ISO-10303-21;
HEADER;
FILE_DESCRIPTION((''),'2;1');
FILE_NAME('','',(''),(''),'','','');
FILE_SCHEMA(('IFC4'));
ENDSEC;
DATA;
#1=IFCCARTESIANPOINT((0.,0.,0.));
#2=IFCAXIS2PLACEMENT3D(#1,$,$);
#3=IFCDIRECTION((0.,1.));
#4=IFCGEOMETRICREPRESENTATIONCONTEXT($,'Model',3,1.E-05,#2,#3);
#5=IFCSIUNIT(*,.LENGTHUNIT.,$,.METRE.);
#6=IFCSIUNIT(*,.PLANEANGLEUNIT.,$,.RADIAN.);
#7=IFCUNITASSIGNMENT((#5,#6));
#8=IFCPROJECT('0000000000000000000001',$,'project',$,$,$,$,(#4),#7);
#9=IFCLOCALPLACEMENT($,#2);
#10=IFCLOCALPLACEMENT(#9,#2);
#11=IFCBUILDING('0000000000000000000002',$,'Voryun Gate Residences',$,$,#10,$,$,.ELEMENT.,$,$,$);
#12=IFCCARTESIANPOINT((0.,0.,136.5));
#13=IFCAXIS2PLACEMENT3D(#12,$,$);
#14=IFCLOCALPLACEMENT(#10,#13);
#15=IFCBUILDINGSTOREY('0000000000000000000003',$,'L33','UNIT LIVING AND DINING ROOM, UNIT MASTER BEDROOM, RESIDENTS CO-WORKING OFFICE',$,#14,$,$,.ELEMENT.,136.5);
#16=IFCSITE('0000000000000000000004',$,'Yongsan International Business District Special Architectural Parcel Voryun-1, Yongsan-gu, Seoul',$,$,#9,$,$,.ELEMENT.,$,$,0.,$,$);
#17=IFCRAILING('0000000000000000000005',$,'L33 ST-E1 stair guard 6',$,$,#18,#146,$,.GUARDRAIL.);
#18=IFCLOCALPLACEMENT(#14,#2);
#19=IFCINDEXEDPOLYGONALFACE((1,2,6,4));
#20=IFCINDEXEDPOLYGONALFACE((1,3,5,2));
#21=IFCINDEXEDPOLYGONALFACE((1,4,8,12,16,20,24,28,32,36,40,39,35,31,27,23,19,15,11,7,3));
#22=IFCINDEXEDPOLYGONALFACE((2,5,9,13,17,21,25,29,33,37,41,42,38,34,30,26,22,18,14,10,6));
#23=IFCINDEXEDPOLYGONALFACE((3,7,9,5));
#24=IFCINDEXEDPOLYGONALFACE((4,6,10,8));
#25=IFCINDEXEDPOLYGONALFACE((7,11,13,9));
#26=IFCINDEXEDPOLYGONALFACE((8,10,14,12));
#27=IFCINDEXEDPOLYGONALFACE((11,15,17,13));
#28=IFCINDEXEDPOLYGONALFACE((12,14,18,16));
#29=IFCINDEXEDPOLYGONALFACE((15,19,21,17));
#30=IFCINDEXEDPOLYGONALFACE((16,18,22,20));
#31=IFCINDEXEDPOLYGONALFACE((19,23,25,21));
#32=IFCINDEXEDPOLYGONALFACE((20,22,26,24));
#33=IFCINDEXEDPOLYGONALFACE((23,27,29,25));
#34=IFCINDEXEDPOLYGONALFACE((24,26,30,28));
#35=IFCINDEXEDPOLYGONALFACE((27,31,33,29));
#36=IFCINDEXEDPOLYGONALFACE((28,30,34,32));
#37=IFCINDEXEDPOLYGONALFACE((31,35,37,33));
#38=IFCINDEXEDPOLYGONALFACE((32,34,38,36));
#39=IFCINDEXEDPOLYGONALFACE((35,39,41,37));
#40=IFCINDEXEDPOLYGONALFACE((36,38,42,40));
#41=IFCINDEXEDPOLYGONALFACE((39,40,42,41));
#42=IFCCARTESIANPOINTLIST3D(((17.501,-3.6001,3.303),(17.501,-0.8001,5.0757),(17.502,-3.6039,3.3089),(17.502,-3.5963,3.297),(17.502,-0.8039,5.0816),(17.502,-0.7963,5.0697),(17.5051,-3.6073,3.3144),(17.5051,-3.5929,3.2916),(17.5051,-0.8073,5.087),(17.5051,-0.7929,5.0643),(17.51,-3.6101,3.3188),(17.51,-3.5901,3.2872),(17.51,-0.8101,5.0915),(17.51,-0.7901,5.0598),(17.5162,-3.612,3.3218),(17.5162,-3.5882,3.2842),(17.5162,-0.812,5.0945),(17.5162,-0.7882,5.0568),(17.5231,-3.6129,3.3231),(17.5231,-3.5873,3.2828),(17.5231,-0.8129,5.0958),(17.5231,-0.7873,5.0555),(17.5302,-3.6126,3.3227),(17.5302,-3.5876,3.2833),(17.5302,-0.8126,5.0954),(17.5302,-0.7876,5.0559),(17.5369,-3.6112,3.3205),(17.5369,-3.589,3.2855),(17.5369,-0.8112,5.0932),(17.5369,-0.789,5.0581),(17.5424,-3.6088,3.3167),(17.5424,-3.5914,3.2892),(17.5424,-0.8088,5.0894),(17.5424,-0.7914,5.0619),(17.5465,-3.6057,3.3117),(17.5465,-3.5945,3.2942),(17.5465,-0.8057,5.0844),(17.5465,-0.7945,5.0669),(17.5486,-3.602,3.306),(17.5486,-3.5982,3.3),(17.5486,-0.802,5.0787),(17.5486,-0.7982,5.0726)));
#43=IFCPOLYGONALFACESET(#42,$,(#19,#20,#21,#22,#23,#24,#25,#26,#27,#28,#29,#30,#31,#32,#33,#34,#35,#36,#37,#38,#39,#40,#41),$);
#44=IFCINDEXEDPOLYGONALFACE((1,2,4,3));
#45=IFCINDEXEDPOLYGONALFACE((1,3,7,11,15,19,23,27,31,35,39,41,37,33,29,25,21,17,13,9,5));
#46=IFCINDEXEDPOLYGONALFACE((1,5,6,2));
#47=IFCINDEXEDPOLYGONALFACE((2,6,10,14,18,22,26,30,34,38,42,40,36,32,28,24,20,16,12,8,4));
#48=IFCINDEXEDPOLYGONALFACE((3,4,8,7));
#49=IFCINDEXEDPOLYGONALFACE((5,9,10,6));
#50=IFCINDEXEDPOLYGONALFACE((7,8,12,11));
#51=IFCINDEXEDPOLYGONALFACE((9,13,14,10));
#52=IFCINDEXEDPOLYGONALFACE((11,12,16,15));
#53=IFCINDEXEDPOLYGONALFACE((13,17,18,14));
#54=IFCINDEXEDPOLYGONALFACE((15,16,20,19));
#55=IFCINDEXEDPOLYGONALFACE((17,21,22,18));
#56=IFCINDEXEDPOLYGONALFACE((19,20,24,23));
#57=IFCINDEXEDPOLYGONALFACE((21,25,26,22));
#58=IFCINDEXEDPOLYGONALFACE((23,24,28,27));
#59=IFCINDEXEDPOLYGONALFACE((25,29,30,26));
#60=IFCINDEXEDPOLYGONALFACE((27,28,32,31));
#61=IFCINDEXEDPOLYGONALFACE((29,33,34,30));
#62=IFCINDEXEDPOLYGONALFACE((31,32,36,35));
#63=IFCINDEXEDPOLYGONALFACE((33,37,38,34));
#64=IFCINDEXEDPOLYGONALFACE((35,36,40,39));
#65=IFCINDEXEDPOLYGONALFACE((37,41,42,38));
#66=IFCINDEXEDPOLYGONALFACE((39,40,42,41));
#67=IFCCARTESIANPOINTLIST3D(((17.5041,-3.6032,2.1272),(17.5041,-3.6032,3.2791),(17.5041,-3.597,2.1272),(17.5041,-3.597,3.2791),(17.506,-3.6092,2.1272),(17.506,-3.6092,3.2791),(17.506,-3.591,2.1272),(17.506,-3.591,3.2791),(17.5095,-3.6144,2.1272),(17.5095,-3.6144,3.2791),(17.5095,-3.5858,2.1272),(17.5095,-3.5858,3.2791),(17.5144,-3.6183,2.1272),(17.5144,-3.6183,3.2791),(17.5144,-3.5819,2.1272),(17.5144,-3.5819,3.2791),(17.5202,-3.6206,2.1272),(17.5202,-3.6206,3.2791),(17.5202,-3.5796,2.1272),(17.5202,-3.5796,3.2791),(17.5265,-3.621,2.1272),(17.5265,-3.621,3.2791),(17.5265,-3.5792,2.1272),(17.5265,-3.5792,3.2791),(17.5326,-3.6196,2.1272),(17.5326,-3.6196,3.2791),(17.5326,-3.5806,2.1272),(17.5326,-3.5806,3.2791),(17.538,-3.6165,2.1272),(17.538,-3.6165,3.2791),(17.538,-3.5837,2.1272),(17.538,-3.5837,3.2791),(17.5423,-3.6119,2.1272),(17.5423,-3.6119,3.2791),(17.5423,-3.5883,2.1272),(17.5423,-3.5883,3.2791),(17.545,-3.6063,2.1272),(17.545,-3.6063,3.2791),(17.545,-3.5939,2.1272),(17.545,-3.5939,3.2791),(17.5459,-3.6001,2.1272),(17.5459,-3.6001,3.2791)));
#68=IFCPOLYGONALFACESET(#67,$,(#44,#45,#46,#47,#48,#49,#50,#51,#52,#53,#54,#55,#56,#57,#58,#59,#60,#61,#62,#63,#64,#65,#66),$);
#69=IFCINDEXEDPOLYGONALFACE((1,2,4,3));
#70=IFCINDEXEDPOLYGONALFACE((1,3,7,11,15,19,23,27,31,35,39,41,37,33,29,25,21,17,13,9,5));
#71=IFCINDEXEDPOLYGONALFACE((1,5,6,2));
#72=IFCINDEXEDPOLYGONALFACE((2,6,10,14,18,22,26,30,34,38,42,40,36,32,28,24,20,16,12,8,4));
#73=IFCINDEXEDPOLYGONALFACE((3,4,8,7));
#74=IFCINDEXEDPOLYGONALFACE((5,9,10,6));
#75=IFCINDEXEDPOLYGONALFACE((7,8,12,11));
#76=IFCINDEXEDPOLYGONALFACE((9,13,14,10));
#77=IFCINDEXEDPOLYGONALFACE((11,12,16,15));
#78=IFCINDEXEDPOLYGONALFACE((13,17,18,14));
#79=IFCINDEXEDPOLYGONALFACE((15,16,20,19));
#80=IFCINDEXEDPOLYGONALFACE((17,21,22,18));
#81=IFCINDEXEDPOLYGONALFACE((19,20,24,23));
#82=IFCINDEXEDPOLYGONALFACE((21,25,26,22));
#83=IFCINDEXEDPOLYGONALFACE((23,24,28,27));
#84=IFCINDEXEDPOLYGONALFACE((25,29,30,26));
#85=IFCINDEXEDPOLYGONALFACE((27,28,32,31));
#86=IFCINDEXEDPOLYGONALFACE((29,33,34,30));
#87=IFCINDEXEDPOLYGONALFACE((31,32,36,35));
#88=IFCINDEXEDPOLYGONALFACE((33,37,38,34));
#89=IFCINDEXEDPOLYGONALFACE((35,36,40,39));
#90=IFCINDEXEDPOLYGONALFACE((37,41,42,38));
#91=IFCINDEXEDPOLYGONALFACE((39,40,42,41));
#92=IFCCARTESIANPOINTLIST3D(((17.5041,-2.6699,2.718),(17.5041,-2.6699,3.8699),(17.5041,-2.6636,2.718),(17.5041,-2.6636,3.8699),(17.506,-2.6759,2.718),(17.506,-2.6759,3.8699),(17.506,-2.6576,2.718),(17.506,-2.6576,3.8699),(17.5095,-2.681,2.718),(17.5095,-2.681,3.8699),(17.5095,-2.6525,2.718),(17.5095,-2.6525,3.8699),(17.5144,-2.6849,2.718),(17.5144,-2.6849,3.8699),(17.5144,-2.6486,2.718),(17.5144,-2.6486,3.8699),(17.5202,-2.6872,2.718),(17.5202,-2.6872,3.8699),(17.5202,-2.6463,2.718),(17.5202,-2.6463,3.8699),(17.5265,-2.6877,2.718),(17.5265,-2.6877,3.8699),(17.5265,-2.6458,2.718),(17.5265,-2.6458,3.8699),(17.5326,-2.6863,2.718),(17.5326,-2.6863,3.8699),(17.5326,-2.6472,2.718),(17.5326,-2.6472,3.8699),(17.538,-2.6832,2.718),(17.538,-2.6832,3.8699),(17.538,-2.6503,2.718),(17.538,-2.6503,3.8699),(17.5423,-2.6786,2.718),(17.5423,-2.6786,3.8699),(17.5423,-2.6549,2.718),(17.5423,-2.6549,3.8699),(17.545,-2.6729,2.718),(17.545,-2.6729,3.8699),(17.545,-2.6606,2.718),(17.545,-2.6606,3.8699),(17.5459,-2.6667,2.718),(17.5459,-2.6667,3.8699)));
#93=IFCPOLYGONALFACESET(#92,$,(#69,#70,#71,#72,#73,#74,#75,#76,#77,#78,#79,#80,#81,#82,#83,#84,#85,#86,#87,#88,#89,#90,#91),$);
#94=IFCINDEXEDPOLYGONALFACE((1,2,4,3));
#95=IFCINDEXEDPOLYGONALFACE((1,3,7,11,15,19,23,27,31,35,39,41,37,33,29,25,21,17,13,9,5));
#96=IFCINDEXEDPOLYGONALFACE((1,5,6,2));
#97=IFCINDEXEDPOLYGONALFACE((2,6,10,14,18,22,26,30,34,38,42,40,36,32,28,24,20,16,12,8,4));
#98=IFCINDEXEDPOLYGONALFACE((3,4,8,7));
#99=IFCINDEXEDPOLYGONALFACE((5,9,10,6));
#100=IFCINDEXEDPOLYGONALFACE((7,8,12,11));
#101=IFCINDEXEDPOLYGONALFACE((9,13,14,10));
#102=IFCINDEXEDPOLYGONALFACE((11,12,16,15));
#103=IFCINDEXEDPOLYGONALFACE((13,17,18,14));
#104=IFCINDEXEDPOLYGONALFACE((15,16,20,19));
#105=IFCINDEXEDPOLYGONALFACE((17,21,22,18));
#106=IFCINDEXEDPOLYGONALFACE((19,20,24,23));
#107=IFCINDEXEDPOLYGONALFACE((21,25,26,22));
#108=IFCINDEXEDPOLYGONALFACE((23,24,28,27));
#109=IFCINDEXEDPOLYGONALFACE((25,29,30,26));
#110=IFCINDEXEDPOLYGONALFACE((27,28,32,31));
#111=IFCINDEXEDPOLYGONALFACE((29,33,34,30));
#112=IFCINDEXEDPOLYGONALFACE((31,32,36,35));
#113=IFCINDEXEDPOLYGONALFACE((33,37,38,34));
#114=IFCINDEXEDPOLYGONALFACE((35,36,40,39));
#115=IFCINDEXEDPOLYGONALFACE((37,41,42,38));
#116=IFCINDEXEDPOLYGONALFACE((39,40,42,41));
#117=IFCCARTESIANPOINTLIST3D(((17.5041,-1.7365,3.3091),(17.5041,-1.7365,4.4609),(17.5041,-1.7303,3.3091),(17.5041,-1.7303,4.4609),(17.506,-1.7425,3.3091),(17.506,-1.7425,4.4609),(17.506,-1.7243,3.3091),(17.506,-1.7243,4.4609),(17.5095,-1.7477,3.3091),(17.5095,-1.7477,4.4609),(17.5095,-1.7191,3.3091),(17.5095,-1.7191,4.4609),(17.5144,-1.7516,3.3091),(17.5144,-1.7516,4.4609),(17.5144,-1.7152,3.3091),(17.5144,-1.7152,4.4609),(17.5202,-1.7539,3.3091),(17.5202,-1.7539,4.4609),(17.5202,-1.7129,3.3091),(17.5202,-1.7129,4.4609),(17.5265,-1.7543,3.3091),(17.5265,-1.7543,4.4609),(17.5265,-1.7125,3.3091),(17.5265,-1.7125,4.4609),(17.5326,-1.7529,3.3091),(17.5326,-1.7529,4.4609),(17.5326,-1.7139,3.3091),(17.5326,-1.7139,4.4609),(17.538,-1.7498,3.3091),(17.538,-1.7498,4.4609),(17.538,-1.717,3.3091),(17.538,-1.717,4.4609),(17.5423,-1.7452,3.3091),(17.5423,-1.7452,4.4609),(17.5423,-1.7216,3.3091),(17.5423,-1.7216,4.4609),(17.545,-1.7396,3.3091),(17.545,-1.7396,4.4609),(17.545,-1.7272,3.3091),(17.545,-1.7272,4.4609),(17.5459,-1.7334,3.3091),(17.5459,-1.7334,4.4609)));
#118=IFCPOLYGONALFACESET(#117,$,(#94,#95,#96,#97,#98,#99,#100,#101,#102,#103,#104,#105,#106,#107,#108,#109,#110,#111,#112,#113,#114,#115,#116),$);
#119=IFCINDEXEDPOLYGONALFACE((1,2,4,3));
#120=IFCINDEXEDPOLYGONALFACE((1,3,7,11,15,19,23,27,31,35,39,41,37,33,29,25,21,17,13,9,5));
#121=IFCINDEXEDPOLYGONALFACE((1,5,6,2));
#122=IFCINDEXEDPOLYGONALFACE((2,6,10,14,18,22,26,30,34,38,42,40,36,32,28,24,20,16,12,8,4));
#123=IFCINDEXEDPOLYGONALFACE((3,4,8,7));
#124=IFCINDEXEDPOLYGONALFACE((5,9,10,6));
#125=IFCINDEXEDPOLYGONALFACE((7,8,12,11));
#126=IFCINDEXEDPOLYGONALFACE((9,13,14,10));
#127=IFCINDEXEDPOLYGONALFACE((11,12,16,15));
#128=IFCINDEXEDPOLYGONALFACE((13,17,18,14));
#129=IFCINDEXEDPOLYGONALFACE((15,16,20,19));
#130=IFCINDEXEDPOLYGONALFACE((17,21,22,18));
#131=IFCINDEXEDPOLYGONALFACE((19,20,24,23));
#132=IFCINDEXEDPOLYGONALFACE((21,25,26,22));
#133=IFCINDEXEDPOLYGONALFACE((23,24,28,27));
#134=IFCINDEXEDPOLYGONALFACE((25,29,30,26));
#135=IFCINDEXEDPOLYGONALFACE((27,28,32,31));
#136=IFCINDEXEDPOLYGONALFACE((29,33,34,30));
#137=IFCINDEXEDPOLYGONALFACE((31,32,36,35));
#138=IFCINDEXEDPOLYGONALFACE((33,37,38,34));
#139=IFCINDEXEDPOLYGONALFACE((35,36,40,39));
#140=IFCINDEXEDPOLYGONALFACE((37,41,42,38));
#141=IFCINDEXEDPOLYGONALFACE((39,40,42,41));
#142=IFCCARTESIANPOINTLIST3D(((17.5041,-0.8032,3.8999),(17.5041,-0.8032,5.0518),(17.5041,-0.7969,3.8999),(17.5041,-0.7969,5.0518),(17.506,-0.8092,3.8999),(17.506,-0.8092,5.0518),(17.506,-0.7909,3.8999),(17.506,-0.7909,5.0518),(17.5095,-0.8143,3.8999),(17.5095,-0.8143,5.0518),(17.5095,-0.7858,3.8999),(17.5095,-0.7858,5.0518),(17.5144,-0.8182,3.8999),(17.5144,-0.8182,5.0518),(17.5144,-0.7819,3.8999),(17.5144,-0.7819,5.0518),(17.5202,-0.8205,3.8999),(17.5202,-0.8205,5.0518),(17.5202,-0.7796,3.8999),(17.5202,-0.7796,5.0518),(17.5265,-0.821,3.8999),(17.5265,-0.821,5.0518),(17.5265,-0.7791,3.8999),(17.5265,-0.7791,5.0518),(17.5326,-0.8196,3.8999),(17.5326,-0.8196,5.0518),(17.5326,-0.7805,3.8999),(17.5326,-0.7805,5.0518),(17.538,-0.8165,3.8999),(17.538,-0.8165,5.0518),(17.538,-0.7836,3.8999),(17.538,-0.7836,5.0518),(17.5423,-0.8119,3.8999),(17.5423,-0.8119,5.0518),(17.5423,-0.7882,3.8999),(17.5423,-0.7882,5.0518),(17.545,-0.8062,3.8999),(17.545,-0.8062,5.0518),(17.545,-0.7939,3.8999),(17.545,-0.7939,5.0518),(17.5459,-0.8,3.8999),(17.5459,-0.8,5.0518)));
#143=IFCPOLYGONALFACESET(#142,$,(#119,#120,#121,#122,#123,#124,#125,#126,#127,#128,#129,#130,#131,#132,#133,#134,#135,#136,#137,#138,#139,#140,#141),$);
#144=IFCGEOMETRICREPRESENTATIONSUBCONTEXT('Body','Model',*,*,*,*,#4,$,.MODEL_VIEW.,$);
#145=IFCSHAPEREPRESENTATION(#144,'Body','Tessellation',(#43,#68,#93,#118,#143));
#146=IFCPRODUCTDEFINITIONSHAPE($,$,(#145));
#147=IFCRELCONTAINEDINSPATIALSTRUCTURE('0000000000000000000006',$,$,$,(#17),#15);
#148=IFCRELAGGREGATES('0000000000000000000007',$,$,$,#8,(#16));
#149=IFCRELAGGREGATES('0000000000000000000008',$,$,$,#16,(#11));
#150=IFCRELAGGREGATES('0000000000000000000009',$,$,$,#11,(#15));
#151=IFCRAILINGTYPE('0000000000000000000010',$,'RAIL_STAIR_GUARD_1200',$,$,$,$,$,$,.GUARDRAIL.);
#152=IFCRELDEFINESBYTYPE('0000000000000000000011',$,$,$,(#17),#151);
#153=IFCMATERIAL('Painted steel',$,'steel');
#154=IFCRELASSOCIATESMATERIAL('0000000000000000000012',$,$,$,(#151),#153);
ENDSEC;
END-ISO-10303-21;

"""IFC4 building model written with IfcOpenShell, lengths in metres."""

from ifc_helpers import new_model, si_unit, direction, frame, origin, origin_2d, place, context, subcontext, project, spatial, circle, extrude, material, type_object, element, save


model = new_model("IFC4")

# Units and contexts
model_context = context("Model", 3, precision=1e-05, world=origin(), true_north=direction((0.0, 1.0)))
body_context = subcontext(model_context, "Body", "Model", "MODEL_VIEW")
ifc_project = project(units=[si_unit("LENGTHUNIT", "METRE"), si_unit("PLANEANGLEUNIT", "RADIAN")], contexts=[model_context])

# Site, building, storey
site_placement = place(None, origin())
site = spatial("IfcSite", under=ifc_project, at=site_placement, Name="Yongsan International Business District Special Architectural Parcel Voryun-1, Yongsan-gu, Seoul", CompositionType="ELEMENT", RefElevation=0.0)
building_placement = place(site_placement, origin())
building = spatial("IfcBuilding", under=site, at=building_placement, Name="Voryun Gate Residences", CompositionType="ELEMENT")
storey_placement = place(building_placement, frame((0.0, 0.0, 136.5)))
storey = spatial("IfcBuildingStorey", under=building, at=storey_placement, Name="L33", Description="UNIT LIVING AND DINING ROOM, UNIT MASTER BEDROOM, RESIDENTS CO-WORKING OFFICE", CompositionType="ELEMENT", Elevation=136.5)

# Railing
ifc_material_1 = material(Name="Painted steel", Category="steel")
railing_type_1 = type_object("IfcRailingType", Name="RAIL_STAIR_GUARD_1200", PredefinedType="GUARDRAIL", material=ifc_material_1)
railing_1_placement = place(storey_placement, frame((17.5249, -3.6001, 2.1272)))
element("IfcRailing", 1, at=railing_1_placement, inside=storey, type_object=railing_type_1, Name="L33 ST-E1 stair guard 6", PredefinedType="GUARDRAIL", context=body_context, shape_type="SweptSolid", body=[
    extrude(circle(Radius=0.0239, at=origin_2d()), frame((0.0, 0.0, 1.1758), z_axis=(0.0, 0.844909, 0.53491), x_axis=(-1.0, 0.0, 0.0)), (0.0, 0.0, 1.0), 3.314),
    extrude(circle(Radius=0.021, at=origin_2d()), origin(), (0.0, 0.0, 1.0), 1.1519),
    extrude(circle(Radius=0.021, at=origin_2d()), frame((0.0, 0.9333, 0.5908)), (0.0, 0.0, 1.0), 1.1519),
    extrude(circle(Radius=0.021, at=origin_2d()), frame((0.0, 1.8667, 1.1819)), (0.0, 0.0, 1.0), 1.1519),
    extrude(circle(Radius=0.021, at=origin_2d()), frame((0.0, 2.8, 1.7727)), (0.0, 0.0, 1.0), 1.1519),
])

save(model, "model.ifc")
